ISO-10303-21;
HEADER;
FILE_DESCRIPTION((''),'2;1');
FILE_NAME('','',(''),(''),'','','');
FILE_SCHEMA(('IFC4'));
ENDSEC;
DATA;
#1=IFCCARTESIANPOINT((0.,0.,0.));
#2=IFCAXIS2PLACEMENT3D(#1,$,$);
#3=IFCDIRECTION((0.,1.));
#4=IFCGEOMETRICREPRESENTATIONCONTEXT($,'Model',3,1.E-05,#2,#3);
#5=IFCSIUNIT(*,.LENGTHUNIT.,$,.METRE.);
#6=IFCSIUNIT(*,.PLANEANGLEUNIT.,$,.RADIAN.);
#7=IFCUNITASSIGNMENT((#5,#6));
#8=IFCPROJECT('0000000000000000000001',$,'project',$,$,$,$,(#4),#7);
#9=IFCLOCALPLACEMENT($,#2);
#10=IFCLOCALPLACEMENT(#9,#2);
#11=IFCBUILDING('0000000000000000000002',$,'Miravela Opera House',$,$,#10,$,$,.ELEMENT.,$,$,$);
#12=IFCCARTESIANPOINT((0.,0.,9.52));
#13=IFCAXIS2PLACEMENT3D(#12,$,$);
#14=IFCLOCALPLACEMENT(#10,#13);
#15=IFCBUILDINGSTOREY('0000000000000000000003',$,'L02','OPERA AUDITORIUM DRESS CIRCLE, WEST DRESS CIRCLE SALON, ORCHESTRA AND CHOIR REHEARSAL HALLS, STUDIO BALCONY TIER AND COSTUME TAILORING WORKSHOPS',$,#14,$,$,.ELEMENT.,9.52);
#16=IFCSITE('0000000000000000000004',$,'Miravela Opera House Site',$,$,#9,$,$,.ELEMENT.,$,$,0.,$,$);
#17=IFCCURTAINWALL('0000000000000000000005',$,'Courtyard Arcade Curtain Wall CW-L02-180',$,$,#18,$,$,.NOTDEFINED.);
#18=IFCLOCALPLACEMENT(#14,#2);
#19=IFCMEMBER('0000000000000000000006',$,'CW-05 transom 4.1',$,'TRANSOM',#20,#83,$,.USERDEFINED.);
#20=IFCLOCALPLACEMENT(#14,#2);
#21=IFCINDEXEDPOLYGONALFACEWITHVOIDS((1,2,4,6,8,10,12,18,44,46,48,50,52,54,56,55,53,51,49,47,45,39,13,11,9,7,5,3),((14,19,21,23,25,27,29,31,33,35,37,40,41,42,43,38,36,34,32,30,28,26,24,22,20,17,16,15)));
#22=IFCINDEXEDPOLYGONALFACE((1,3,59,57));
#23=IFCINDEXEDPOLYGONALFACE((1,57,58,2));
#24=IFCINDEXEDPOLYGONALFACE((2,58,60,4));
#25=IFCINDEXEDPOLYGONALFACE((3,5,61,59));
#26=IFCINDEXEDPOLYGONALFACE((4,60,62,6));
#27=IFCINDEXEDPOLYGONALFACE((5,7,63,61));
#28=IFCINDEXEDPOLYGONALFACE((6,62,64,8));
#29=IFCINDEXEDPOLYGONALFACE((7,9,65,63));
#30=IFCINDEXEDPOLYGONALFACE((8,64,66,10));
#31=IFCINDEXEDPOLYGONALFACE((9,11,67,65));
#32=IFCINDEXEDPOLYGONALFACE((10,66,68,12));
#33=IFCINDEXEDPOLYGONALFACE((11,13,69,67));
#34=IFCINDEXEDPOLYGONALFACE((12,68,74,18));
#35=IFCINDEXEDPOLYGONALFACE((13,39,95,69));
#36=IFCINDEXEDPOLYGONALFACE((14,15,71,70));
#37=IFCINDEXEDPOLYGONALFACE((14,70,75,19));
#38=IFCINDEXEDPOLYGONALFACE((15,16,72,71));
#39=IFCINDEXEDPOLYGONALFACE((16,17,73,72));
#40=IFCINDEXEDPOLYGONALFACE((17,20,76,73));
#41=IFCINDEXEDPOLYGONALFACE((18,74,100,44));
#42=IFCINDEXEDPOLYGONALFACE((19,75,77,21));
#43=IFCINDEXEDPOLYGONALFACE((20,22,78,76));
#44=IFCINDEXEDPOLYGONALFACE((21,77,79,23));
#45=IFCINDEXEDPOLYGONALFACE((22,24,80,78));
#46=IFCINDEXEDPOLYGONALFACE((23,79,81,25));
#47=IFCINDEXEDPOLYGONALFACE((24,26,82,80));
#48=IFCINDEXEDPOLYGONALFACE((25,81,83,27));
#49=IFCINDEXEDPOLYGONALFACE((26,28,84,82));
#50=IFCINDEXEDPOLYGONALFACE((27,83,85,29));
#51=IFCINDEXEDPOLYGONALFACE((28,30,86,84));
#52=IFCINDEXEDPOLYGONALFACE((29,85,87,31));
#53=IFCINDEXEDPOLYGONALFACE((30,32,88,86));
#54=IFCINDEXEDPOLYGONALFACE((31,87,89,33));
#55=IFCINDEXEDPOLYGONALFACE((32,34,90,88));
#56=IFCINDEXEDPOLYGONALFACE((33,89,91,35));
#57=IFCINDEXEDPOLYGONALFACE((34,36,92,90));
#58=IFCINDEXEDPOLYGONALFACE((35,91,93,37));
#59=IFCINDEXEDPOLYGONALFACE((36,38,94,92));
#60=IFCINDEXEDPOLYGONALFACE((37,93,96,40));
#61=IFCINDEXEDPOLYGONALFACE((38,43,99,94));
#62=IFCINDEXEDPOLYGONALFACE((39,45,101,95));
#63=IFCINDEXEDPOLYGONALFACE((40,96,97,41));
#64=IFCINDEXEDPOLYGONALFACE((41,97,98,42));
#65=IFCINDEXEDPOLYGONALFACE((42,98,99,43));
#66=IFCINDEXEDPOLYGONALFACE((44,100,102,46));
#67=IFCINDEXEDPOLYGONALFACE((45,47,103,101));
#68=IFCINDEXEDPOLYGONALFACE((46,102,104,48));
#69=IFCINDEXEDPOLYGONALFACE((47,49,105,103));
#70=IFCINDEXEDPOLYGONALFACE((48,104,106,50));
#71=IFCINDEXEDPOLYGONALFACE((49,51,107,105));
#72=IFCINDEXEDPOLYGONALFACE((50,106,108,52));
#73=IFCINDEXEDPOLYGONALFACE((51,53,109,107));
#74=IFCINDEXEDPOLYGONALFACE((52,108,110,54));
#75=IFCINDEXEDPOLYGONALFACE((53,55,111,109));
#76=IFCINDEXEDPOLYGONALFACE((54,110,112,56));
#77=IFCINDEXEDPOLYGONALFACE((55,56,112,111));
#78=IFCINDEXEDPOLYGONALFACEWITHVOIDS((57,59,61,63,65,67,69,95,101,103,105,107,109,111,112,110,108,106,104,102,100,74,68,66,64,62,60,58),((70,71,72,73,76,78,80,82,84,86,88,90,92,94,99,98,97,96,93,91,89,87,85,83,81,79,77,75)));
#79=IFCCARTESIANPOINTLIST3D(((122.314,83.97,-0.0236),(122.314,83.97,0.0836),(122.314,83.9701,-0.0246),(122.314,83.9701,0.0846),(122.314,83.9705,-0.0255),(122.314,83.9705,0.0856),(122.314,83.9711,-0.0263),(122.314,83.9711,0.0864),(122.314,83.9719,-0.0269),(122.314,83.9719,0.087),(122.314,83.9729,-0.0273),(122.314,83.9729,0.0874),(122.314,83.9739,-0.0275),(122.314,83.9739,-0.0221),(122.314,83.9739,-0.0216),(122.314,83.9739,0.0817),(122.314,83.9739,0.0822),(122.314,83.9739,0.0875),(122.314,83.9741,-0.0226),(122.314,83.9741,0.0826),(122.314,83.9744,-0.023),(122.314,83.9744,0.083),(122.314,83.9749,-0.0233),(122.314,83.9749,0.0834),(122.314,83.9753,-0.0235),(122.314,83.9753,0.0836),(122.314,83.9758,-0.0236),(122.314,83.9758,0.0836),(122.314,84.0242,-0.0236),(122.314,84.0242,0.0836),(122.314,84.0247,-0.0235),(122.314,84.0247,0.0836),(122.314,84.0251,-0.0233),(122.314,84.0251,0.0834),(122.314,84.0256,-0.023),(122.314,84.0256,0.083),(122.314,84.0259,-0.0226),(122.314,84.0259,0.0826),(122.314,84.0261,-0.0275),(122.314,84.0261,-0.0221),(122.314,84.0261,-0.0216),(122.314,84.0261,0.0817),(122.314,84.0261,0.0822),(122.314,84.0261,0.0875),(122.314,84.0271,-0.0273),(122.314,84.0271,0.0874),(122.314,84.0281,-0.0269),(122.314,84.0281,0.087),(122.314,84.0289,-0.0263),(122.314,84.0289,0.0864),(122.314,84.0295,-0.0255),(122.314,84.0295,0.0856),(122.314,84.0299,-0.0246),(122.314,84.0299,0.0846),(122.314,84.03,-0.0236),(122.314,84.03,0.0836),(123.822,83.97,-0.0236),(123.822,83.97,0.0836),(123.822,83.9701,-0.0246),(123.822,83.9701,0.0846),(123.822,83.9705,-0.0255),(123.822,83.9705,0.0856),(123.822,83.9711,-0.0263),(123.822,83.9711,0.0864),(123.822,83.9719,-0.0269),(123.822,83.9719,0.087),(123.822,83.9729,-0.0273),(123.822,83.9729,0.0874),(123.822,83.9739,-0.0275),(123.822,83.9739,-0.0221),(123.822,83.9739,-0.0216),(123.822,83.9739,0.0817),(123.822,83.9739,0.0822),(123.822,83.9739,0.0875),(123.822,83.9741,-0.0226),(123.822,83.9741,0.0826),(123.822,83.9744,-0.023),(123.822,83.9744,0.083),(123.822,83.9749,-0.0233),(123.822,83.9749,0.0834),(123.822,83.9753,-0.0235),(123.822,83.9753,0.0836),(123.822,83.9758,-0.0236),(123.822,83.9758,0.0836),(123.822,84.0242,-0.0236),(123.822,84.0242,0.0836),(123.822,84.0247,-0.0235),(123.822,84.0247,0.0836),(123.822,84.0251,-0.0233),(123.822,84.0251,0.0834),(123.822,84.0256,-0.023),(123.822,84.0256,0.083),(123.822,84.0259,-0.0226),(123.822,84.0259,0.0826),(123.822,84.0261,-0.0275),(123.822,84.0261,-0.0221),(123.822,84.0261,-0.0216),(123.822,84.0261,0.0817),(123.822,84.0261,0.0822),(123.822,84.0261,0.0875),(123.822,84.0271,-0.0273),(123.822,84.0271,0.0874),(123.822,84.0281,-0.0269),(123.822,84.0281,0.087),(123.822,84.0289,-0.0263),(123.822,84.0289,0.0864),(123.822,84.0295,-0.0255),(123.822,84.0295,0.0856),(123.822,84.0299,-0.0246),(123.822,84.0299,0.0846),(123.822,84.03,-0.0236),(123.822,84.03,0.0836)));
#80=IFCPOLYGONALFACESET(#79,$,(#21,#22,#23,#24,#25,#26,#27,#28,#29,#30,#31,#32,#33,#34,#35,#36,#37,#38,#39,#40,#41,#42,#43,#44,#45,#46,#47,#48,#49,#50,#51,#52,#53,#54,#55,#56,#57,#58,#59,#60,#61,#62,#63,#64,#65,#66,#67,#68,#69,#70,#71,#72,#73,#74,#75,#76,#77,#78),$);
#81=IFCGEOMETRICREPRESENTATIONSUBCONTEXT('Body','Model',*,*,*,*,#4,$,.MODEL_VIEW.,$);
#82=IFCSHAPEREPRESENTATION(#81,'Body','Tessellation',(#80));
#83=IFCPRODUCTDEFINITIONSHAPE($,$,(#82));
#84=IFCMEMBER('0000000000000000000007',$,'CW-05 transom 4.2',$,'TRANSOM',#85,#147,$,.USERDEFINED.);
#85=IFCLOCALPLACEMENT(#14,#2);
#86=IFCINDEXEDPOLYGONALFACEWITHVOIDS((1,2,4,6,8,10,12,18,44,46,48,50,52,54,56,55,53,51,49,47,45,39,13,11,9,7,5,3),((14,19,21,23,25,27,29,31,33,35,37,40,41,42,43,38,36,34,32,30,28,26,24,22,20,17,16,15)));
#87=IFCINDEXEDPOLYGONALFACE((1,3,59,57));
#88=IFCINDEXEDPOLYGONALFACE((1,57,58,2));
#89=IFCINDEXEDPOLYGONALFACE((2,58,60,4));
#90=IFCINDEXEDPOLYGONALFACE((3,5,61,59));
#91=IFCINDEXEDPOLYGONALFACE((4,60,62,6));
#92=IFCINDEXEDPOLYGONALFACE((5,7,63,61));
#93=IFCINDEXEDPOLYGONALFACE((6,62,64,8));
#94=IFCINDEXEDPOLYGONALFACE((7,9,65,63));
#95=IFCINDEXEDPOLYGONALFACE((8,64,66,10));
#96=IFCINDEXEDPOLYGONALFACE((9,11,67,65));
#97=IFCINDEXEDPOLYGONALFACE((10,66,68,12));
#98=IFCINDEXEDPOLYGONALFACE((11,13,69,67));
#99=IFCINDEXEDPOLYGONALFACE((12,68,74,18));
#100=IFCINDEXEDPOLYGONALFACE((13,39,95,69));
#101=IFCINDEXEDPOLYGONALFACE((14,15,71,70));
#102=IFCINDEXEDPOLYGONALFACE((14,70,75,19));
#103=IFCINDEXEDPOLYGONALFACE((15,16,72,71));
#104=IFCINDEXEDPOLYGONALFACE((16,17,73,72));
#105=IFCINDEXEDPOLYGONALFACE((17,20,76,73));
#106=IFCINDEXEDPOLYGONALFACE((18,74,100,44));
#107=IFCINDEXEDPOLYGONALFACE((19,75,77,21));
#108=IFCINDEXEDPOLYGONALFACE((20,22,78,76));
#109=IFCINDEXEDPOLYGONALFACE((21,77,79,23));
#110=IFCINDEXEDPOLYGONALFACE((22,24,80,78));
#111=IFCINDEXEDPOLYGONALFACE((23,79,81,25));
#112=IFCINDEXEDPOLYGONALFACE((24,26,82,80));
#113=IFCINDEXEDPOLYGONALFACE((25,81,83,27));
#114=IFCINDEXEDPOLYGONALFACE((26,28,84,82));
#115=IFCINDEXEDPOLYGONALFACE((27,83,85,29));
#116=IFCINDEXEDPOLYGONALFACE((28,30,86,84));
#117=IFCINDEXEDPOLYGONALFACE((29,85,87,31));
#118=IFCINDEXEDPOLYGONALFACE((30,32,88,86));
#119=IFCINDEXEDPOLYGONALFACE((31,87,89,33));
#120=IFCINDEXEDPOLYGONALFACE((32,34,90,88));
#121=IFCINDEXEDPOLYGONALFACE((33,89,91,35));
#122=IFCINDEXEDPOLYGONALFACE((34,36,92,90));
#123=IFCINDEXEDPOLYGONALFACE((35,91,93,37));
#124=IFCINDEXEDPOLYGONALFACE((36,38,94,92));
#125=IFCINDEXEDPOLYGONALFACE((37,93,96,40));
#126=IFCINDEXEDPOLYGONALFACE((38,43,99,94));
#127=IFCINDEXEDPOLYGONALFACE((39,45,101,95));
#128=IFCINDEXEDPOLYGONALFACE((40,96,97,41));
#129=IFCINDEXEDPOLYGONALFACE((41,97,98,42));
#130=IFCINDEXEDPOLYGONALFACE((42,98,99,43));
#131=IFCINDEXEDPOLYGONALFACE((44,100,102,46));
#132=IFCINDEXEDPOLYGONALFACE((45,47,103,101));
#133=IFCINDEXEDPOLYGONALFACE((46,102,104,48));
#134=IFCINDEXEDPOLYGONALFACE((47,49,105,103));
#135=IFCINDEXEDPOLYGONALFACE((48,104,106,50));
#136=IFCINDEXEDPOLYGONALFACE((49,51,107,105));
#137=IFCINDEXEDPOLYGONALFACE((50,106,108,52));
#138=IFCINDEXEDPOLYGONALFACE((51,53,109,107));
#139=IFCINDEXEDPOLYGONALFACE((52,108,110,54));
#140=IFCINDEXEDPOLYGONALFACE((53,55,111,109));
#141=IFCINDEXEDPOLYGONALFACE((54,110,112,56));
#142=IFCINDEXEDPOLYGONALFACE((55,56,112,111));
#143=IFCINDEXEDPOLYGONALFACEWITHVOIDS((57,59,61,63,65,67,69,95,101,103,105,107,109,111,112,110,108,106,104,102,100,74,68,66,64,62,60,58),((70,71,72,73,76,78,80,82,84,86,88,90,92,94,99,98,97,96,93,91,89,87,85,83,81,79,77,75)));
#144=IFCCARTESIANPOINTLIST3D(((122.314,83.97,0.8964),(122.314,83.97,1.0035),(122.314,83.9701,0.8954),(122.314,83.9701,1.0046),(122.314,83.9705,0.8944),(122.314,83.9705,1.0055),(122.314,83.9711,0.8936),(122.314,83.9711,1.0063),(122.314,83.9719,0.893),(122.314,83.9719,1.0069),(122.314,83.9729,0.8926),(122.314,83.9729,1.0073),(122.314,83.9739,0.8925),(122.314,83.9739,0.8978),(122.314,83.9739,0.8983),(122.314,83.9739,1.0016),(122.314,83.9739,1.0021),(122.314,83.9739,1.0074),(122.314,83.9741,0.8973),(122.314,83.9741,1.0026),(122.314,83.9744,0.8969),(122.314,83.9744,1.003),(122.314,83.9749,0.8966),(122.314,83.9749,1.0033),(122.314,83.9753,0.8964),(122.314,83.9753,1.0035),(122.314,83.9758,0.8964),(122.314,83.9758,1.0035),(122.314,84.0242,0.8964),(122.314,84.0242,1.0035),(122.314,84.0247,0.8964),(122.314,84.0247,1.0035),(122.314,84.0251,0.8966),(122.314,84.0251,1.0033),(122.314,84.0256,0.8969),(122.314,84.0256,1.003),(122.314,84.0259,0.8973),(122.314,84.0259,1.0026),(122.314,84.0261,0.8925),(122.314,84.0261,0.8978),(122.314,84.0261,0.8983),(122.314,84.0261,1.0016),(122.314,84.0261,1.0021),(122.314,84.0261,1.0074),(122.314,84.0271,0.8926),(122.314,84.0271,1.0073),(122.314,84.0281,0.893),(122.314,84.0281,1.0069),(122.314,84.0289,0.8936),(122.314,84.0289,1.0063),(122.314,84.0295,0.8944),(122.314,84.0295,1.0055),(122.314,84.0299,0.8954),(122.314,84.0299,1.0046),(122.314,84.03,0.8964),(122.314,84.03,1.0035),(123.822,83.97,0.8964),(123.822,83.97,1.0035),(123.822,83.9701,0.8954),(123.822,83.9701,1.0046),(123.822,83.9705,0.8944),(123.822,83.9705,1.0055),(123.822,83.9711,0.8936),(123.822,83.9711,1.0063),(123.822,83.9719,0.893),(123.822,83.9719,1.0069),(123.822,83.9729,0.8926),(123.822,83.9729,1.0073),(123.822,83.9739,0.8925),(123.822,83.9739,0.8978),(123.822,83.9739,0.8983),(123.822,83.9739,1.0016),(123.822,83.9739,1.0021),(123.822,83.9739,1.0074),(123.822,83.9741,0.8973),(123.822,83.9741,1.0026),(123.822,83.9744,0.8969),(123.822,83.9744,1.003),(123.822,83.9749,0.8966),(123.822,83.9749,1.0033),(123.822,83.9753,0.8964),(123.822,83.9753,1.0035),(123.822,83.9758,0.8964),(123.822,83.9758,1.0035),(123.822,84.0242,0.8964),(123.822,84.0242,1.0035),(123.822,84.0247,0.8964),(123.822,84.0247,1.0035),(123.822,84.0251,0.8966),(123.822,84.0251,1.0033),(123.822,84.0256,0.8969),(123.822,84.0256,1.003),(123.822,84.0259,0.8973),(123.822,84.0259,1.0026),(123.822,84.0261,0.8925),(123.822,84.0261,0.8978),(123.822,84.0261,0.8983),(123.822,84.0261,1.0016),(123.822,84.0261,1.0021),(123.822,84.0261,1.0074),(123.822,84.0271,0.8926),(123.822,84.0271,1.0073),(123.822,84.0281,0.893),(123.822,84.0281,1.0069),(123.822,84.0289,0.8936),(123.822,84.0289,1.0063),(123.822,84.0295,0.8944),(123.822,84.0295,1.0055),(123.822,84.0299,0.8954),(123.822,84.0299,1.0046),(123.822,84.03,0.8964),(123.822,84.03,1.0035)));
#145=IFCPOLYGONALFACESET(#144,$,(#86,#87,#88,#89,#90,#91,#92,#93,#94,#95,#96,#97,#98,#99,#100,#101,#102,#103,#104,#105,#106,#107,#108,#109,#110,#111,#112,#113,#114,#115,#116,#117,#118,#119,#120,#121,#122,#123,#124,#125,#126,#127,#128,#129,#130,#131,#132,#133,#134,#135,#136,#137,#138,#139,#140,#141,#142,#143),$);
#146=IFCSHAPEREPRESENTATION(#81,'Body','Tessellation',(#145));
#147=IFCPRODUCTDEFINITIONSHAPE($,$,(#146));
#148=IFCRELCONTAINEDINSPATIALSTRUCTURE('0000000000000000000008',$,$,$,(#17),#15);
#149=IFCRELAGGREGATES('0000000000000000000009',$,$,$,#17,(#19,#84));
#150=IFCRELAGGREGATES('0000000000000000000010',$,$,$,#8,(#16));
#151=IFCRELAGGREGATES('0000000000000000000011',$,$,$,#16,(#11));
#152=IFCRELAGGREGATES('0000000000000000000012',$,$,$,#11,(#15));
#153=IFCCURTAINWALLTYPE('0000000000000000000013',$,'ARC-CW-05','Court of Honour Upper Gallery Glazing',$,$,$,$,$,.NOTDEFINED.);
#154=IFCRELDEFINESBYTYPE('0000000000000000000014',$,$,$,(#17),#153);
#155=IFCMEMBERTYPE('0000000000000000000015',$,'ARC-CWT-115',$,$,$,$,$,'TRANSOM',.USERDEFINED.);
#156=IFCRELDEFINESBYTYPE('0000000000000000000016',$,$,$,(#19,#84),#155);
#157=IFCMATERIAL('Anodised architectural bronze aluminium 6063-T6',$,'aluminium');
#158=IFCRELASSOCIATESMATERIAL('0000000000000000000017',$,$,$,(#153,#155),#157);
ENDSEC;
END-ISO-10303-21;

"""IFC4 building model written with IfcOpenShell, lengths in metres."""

from ifc_helpers import new_model, si_unit, direction, frame, origin, origin_2d, place, context, subcontext, project, spatial, hollow_rectangle, extrude, material, material_profile, profile_set, type_object, element, aggregate, save


model = new_model("IFC4")

# Units and contexts
model_context = context("Model", 3, precision=1e-05, world=origin(), true_north=direction((0.0, 1.0)))
body_context = subcontext(model_context, "Body", "Model", "MODEL_VIEW")
ifc_project = project(units=[si_unit("LENGTHUNIT", "METRE"), si_unit("PLANEANGLEUNIT", "RADIAN")], contexts=[model_context])

# Site, building, storey
site_placement = place(None, origin())
site = spatial("IfcSite", under=ifc_project, at=site_placement, Name="Miravela Opera House Site", CompositionType="ELEMENT", RefElevation=0.0)
building_placement = place(site_placement, origin())
building = spatial("IfcBuilding", under=site, at=building_placement, Name="Miravela Opera House", CompositionType="ELEMENT")
storey_placement = place(building_placement, frame((0.0, 0.0, 9.52)))
storey = spatial("IfcBuildingStorey", under=building, at=storey_placement, Name="L02", Description="OPERA AUDITORIUM DRESS CIRCLE, WEST DRESS CIRCLE SALON, ORCHESTRA AND CHOIR REHEARSAL HALLS, STUDIO BALCONY TIER AND COSTUME TAILORING WORKSHOPS", CompositionType="ELEMENT", Elevation=9.52)

# Curtain wall, members
ifc_material_1 = material(Name="Anodised architectural bronze aluminium 6063-T6", Category="aluminium")
curtain_wall_type = type_object("IfcCurtainWallType", Name="ARC-CW-05", Description="Court of Honour Upper Gallery Glazing", PredefinedType="NOTDEFINED", material=ifc_material_1)
curtain_wall_placement = place(storey_placement, origin())
curtain_wall = element("IfcCurtainWall", 1, at=curtain_wall_placement, inside=storey, type_object=curtain_wall_type, Name="Courtyard Arcade Curtain Wall CW-L02-180", PredefinedType="NOTDEFINED")
ifc_material_profile_1 = material_profile(ifc_material_1, hollow_rectangle(XDim=0.0601, YDim=0.115, WallThickness=0.0039, InnerFilletRadius=0.002, OuterFilletRadius=0.0039, at=origin_2d()), Name="CWT-60X115")
ifc_profile_set_1 = profile_set([ifc_material_profile_1])
member_type_1 = type_object("IfcMemberType", Name="ARC-CWT-115", ElementType="TRANSOM", PredefinedType="USERDEFINED", material=ifc_profile_set_1)
member_1_placement = place(storey_placement, frame((122.314, 84.0, 0.03), z_axis=(1.0, 0.0, 0.0), x_axis=(0.0, 1.0, 0.0)))
member_1 = element("IfcMember", 2, at=member_1_placement, type_object=member_type_1, Name="CW-05 transom 4.1", ObjectType="TRANSOM", PredefinedType="USERDEFINED", context=body_context, shape_type="SweptSolid", body=[
    extrude(hollow_rectangle(XDim=0.0601, YDim=0.115, WallThickness=0.0039, InnerFilletRadius=0.002, OuterFilletRadius=0.0039, at=origin_2d()), origin(), (0.0, 0.0, 1.0), 1.5081),
])
member_2_placement = place(storey_placement, frame((122.314, 84.0, 0.95), z_axis=(1.0, 0.0, 0.0), x_axis=(0.0, 1.0, 0.0)))
member_2 = element("IfcMember", 3, at=member_2_placement, type_object=member_type_1, Name="CW-05 transom 4.2", ObjectType="TRANSOM", PredefinedType="USERDEFINED", context=body_context, shape_type="SweptSolid", body=[
    extrude(hollow_rectangle(XDim=0.0601, YDim=0.115, WallThickness=0.0039, InnerFilletRadius=0.002, OuterFilletRadius=0.0039, at=origin_2d()), origin(), (0.0, 0.0, 1.0), 1.5081),
])
aggregate(curtain_wall, [member_1, member_2])

save(model, "model.ifc")
